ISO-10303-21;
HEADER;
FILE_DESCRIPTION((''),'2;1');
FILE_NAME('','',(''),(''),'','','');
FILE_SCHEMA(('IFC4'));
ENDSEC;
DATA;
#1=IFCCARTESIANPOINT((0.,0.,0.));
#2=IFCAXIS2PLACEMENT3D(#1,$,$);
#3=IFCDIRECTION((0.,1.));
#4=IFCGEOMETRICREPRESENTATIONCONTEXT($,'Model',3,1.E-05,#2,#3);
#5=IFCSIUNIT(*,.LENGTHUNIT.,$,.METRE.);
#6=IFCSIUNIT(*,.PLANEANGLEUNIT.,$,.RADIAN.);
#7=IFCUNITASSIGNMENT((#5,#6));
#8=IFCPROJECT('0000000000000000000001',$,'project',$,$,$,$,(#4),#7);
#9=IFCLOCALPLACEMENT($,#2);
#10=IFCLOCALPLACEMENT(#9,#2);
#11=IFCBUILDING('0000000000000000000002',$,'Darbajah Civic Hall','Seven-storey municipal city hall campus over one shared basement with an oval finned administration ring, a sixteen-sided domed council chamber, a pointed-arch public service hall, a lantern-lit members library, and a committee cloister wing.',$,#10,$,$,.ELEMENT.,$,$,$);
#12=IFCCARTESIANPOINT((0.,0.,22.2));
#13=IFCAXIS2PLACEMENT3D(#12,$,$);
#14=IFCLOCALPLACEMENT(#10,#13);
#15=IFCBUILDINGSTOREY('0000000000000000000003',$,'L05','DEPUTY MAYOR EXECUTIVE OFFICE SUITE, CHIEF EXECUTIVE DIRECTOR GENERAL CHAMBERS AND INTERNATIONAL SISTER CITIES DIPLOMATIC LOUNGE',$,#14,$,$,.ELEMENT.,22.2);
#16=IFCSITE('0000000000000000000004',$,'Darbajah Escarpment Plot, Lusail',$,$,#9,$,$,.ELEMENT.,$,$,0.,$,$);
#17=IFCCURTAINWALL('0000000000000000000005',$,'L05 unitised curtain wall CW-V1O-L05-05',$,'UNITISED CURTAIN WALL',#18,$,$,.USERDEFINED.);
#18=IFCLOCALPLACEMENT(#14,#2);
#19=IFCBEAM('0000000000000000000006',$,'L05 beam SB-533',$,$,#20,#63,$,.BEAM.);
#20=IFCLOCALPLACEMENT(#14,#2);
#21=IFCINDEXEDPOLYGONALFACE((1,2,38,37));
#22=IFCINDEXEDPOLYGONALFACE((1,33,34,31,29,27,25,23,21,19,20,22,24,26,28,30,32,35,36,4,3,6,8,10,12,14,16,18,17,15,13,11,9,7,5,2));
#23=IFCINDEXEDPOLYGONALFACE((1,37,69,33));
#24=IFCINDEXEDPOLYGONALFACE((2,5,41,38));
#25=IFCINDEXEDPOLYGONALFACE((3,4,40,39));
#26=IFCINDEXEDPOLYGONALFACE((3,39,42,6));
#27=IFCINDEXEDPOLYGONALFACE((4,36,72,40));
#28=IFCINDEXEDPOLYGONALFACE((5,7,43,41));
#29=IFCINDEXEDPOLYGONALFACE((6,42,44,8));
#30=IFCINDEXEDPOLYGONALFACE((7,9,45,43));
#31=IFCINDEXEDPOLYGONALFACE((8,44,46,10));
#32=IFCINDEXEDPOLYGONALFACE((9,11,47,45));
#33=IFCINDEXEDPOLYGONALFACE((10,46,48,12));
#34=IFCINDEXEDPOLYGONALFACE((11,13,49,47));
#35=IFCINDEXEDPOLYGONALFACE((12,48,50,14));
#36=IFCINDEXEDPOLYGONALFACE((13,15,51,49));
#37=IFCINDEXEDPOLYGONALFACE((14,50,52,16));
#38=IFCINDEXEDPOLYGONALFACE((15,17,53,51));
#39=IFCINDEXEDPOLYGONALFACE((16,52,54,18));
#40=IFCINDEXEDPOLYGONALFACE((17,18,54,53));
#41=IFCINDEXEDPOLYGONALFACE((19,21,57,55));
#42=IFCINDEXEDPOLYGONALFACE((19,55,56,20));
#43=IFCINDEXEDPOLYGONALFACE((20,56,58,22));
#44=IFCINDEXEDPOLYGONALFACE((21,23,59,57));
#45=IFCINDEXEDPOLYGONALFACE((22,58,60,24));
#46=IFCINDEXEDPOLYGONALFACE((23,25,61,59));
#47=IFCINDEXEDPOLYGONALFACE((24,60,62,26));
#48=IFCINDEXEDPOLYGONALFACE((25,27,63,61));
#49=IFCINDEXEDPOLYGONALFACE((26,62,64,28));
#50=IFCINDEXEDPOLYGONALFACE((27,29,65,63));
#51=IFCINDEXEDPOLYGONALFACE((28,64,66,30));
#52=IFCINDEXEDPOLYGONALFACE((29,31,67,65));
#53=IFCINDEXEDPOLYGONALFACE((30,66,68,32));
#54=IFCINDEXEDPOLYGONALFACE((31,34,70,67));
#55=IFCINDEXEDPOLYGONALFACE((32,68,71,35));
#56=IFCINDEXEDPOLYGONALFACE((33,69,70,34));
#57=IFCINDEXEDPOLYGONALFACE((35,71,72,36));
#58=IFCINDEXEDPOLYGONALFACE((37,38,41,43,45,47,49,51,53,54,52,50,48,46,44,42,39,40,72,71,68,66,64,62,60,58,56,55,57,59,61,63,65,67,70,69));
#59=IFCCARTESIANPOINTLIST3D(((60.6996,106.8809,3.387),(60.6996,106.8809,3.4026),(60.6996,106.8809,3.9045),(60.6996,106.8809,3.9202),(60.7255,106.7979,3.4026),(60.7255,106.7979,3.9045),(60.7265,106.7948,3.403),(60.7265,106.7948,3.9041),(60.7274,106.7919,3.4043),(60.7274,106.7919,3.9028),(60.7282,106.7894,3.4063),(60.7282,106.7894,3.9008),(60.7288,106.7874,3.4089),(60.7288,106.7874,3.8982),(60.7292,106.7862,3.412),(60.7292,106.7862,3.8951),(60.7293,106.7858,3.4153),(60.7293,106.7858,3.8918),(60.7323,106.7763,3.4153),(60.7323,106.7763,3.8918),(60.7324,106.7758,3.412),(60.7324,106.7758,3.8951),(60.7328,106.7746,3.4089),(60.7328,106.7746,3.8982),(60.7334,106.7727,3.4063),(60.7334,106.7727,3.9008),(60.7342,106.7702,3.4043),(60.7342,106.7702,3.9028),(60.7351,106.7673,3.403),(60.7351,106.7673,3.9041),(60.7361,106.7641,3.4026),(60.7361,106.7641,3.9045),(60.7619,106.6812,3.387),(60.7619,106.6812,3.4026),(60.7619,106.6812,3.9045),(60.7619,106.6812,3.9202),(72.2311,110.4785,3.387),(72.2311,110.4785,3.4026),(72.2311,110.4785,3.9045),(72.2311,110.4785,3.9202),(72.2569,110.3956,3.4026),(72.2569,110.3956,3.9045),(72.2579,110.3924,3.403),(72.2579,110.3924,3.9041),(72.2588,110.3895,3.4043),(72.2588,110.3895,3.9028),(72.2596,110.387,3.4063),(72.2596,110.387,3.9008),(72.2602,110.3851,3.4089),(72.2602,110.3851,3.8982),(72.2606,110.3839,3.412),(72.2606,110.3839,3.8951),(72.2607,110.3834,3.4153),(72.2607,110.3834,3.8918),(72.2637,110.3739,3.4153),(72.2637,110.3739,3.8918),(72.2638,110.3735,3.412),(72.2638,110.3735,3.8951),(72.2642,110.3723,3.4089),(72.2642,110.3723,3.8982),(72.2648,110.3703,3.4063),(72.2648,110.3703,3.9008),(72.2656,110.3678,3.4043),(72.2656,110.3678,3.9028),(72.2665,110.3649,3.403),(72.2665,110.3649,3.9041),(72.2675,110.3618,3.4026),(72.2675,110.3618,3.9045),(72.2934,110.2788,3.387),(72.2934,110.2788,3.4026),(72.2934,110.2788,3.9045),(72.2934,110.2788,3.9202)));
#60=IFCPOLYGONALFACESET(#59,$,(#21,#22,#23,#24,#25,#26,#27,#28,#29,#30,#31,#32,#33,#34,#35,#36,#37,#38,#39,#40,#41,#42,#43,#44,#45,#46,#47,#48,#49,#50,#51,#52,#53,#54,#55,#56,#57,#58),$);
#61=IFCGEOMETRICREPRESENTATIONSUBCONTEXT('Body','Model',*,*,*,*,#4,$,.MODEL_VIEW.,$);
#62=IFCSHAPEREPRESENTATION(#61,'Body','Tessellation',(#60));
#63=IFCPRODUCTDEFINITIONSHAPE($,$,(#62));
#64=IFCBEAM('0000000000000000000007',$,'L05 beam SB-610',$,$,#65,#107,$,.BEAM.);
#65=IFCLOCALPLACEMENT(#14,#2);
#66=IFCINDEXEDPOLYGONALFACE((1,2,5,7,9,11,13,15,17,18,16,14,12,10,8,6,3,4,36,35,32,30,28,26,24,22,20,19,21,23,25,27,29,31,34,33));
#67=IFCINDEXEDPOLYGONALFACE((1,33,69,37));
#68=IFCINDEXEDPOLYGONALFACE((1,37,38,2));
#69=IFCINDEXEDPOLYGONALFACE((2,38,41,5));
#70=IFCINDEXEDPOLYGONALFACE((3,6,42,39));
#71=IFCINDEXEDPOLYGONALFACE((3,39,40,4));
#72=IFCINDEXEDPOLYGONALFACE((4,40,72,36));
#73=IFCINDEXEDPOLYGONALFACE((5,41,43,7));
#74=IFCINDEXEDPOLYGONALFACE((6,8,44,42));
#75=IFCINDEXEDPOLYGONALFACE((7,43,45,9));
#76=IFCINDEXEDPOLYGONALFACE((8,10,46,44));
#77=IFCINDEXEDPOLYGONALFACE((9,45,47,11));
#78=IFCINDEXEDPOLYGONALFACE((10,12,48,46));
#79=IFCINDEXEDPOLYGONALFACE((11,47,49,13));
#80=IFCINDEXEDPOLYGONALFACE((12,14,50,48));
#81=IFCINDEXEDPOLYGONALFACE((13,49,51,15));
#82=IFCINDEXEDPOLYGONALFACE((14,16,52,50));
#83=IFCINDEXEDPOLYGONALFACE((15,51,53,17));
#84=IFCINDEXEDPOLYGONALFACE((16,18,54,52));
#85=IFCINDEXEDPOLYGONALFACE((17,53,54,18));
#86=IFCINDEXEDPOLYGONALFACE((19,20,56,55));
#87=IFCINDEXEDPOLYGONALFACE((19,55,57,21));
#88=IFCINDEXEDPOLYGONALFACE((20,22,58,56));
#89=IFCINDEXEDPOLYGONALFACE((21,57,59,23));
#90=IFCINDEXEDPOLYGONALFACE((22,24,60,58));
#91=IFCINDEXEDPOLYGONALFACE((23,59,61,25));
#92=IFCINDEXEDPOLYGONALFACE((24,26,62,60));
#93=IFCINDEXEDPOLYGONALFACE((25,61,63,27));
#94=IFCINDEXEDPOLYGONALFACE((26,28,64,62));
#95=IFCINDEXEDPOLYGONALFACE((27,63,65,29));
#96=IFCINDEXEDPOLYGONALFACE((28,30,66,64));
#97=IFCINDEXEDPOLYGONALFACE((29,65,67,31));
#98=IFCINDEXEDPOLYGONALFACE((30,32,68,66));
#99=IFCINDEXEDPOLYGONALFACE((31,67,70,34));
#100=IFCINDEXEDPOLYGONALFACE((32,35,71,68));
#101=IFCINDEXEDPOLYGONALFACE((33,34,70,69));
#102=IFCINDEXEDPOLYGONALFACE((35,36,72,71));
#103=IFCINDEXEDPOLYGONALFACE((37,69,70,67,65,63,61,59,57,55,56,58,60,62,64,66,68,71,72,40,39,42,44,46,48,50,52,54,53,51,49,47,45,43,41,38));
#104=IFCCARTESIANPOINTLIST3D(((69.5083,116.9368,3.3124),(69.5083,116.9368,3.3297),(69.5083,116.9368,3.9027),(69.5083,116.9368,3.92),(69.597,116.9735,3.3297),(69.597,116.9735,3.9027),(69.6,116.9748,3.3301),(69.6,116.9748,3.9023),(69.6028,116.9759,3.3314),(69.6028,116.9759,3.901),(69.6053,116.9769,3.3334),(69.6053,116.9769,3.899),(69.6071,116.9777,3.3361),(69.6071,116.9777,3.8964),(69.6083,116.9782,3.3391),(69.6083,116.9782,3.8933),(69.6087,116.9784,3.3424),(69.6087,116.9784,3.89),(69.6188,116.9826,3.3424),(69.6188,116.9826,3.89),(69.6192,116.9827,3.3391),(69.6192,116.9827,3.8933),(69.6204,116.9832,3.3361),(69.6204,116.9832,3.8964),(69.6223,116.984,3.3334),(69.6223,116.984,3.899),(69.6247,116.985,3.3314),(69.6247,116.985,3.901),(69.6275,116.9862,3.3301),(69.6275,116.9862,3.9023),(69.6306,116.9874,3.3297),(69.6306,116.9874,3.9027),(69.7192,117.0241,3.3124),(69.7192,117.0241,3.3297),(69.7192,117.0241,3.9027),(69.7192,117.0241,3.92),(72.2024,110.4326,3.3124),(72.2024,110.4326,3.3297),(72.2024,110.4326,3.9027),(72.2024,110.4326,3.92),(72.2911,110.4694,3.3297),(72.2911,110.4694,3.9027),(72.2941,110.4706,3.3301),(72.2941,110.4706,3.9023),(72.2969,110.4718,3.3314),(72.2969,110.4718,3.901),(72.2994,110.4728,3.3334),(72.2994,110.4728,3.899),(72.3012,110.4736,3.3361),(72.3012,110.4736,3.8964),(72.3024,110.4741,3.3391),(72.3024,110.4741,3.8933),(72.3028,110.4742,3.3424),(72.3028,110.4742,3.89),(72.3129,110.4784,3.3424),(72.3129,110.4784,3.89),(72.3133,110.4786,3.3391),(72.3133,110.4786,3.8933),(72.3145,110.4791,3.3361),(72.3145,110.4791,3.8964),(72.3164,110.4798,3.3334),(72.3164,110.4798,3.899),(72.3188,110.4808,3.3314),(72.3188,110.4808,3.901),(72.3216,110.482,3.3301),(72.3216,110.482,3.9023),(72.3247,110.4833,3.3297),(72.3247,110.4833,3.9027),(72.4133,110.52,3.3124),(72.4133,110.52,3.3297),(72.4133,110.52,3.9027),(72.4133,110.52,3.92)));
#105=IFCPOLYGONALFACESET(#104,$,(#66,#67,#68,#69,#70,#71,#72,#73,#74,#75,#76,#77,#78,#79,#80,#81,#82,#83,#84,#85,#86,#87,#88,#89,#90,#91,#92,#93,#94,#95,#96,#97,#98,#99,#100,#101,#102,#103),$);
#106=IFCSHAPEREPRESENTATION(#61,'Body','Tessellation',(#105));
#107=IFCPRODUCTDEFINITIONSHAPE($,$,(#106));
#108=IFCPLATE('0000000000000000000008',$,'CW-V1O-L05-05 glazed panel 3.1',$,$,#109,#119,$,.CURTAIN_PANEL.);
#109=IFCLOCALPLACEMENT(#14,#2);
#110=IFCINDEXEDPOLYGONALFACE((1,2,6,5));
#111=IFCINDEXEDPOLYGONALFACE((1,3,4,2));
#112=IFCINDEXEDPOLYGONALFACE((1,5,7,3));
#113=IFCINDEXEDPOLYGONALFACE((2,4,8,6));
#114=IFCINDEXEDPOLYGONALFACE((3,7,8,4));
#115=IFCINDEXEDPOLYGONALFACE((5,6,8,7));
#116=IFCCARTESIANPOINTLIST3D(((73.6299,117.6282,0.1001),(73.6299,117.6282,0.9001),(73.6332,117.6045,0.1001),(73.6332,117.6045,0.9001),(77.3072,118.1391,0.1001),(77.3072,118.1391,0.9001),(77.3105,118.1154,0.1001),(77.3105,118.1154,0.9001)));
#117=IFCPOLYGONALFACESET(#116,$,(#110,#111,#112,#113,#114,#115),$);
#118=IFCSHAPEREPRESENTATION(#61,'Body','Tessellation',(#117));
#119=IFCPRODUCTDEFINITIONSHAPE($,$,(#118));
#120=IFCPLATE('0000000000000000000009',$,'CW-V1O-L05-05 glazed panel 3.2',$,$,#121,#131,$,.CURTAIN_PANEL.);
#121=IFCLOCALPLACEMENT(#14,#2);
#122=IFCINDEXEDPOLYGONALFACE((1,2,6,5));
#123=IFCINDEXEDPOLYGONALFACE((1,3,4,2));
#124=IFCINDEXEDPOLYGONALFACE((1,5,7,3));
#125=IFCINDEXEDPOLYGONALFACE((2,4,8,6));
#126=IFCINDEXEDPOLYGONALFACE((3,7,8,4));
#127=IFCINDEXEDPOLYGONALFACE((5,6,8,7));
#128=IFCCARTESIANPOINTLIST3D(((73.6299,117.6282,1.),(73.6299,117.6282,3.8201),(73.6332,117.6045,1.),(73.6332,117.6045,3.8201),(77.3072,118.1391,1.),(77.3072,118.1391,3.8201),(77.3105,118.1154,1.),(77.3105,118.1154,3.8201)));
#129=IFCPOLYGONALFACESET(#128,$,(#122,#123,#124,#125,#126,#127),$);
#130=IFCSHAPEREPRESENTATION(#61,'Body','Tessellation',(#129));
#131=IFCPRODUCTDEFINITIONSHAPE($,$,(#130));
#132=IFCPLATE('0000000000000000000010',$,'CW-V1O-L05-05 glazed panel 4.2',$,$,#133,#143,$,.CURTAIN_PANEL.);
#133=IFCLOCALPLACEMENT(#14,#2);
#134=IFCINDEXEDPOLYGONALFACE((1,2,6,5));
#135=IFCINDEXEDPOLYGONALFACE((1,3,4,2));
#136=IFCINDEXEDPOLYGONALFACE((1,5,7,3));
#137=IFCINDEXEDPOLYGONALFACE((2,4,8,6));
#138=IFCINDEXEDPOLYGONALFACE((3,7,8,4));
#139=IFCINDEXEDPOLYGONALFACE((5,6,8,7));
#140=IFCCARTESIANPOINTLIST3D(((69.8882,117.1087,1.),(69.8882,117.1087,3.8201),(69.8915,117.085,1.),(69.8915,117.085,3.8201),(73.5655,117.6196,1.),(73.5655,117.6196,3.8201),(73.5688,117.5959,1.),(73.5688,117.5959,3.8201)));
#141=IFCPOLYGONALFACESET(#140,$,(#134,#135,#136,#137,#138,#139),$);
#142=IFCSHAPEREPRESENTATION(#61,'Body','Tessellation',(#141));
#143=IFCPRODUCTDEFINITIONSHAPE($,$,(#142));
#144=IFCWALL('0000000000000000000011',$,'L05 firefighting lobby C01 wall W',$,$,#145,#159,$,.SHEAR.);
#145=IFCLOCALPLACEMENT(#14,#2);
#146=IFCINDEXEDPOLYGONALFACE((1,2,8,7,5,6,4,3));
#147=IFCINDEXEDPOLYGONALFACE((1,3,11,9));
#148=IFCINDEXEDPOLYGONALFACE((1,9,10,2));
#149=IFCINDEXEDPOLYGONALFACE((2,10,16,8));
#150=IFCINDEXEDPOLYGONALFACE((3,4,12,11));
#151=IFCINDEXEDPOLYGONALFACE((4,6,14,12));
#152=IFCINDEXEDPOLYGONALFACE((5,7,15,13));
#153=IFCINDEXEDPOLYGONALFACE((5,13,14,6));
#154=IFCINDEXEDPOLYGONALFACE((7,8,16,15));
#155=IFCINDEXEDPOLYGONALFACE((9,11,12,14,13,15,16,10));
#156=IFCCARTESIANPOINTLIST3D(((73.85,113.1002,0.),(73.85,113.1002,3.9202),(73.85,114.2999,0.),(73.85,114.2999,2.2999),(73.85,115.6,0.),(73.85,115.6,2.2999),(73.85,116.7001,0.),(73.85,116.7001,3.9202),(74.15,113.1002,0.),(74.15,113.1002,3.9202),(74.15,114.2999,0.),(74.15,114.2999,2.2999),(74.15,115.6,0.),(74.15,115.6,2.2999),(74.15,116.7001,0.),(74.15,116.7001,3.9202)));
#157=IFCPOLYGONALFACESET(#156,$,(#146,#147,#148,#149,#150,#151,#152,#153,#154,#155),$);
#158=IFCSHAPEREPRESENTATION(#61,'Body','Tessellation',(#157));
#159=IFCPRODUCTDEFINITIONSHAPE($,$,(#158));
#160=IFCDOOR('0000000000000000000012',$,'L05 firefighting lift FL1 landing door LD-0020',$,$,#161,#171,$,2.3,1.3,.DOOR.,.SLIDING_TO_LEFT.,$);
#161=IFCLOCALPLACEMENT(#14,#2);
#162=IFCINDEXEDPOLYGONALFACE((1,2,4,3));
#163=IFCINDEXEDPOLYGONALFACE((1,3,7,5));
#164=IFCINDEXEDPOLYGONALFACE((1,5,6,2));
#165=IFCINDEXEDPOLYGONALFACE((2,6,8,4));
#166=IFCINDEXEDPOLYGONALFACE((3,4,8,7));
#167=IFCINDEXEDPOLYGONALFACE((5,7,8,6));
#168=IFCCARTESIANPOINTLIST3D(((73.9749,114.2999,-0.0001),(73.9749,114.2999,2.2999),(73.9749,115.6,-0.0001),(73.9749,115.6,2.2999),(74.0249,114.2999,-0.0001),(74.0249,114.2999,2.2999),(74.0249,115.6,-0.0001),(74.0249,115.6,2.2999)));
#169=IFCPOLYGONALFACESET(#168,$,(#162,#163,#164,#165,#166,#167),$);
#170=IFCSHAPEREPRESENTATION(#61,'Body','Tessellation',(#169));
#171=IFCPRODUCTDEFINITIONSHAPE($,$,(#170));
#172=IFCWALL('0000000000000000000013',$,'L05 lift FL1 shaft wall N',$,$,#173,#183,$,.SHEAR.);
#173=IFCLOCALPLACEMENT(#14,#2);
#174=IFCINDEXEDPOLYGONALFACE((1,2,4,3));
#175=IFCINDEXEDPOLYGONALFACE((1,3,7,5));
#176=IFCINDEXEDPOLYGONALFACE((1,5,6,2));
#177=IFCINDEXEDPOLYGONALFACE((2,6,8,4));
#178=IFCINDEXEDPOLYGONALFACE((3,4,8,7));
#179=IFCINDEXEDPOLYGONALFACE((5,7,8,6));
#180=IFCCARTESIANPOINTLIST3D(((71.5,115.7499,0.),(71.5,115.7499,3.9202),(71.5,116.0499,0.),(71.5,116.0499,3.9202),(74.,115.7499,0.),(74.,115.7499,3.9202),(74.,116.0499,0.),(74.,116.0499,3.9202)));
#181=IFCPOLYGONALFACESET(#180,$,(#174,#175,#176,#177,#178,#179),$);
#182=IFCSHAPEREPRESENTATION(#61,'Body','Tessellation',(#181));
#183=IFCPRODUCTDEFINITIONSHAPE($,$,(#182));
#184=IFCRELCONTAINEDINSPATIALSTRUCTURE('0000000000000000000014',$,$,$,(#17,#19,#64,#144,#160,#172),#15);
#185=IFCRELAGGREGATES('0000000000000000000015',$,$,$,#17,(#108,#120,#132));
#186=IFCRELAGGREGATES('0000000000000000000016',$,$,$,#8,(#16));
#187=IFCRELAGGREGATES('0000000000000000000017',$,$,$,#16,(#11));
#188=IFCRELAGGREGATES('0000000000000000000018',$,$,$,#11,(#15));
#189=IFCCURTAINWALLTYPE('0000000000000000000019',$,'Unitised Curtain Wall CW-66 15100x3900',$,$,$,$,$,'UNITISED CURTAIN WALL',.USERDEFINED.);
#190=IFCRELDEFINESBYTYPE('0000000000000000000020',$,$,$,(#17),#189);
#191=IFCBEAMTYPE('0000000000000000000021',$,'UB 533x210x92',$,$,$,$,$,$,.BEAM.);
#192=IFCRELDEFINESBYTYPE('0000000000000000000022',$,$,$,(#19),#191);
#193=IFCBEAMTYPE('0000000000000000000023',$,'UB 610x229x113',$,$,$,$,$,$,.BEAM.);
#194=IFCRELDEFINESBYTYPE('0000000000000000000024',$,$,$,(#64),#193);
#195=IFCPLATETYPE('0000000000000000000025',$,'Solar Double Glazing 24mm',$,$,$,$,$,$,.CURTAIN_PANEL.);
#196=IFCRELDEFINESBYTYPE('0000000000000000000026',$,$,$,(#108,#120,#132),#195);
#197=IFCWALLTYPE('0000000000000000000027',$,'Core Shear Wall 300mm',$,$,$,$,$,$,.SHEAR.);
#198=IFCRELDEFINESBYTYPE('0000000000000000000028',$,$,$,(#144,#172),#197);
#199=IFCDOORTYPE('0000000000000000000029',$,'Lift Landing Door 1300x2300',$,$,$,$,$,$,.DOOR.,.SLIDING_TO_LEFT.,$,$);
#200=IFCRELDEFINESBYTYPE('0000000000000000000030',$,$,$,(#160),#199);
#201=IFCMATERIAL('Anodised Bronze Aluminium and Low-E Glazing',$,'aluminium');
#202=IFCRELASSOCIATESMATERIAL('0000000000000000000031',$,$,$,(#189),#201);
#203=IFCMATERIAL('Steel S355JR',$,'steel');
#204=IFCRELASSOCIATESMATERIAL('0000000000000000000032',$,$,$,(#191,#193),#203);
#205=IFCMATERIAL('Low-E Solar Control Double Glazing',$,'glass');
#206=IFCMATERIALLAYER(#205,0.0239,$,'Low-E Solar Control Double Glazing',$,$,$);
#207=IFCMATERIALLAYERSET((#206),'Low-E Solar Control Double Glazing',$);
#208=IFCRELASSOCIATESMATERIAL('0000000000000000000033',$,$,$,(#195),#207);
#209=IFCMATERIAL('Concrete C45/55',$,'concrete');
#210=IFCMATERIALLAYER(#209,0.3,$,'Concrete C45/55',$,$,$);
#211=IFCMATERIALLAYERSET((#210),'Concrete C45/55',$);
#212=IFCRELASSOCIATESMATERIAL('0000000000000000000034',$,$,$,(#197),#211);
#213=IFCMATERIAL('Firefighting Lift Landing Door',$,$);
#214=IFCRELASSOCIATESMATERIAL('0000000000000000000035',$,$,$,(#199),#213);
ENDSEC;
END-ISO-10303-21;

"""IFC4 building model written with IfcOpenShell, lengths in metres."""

from ifc_helpers import new_model, si_unit, direction, frame, frame_2d, origin, origin_2d, place, context, subcontext, project, spatial, rectangle, i_section, extrude, material, layer, layer_set, material_profile, profile_set, type_object, element, fill, aggregate, save


model = new_model("IFC4")

# Units and contexts
model_context = context("Model", 3, precision=1e-05, world=origin(), true_north=direction((0.0, 1.0)))
body_context = subcontext(model_context, "Body", "Model", "MODEL_VIEW")
ifc_project = project(units=[si_unit("LENGTHUNIT", "METRE"), si_unit("PLANEANGLEUNIT", "RADIAN")], contexts=[model_context])

# Site, building, storey
site_placement = place(None, origin())
site = spatial("IfcSite", under=ifc_project, at=site_placement, Name="Darbajah Escarpment Plot, Lusail", CompositionType="ELEMENT", RefElevation=0.0)
building_placement = place(site_placement, origin())
building = spatial("IfcBuilding", under=site, at=building_placement, Name="Darbajah Civic Hall", Description="Seven-storey municipal city hall campus over one shared basement with an oval finned administration ring, a sixteen-sided domed council chamber, a pointed-arch public service hall, a lantern-lit members library, and a committee cloister wing.", CompositionType="ELEMENT")
storey_placement = place(building_placement, frame((0.0, 0.0, 22.2)))
storey = spatial("IfcBuildingStorey", under=building, at=storey_placement, Name="L05", Description="DEPUTY MAYOR EXECUTIVE OFFICE SUITE, CHIEF EXECUTIVE DIRECTOR GENERAL CHAMBERS AND INTERNATIONAL SISTER CITIES DIPLOMATIC LOUNGE", CompositionType="ELEMENT", Elevation=22.2)

# Shared definitions
ifc_material_1 = material(Name="Concrete C45/55", Category="concrete")

# Curtain wall
ifc_material_2 = material(Name="Anodised Bronze Aluminium and Low-E Glazing", Category="aluminium")
curtain_wall_type_1 = type_object("IfcCurtainWallType", Name="Unitised Curtain Wall CW-66 15100x3900", ElementType="UNITISED CURTAIN WALL", PredefinedType="USERDEFINED", material=ifc_material_2)
curtain_wall_1_placement = place(storey_placement, origin())
curtain_wall_1 = element("IfcCurtainWall", 1, at=curtain_wall_1_placement, inside=storey, type_object=curtain_wall_type_1, Name="L05 unitised curtain wall CW-V1O-L05-05", ObjectType="UNITISED CURTAIN WALL", PredefinedType="USERDEFINED")

# Beams
ifc_material_3 = material(Name="Steel S355JR", Category="steel")
ifc_material_profile_1 = material_profile(ifc_material_3, i_section(OverallWidth=0.2092, OverallDepth=0.5332, WebThickness=0.01, FlangeThickness=0.0156, FilletRadius=0.0127, at=origin_2d()), Name="UB 533x210x92")
ifc_profile_set_1 = profile_set([ifc_material_profile_1], Name="Steel S355JR")
beam_type_1 = type_object("IfcBeamType", Name="UB 533x210x92", PredefinedType="BEAM", material=ifc_profile_set_1)
beam_1_placement = place(storey_placement, frame((72.2622, 110.3787, 3.6536), z_axis=(-0.95462, -0.297827, 0.0), x_axis=(0.297827, -0.95462, 0.0)))
element("IfcBeam", 2, at=beam_1_placement, inside=storey, type_object=beam_type_1, Name="L05 beam SB-533", PredefinedType="BEAM", context=body_context, shape_type="SweptSolid", body=[
    extrude(i_section(OverallWidth=0.2092, OverallDepth=0.5332, WebThickness=0.01, FlangeThickness=0.0156, FilletRadius=0.0127, at=origin_2d()), origin(), (0.0, 0.0, 1.0), 12.0796),
])
ifc_material_profile_2 = material_profile(ifc_material_3, i_section(OverallWidth=0.2283, OverallDepth=0.6077, WebThickness=0.011, FlangeThickness=0.0173, FilletRadius=0.0127, at=origin_2d()), Name="UB 610x229x113")
ifc_profile_set_2 = profile_set([ifc_material_profile_2], Name="Steel S355JR")
beam_type_2 = type_object("IfcBeamType", Name="UB 610x229x113", PredefinedType="BEAM", material=ifc_profile_set_2)
beam_2_placement = place(storey_placement, frame((72.3079, 110.4763, 3.6162), z_axis=(-0.382682, 0.92388, 0.0), x_axis=(-0.92388, -0.382682, 0.0)))
element("IfcBeam", 3, at=beam_2_placement, inside=storey, type_object=beam_type_2, Name="L05 beam SB-610", PredefinedType="BEAM", context=body_context, shape_type="SweptSolid", body=[
    extrude(i_section(OverallWidth=0.2283, OverallDepth=0.6077, WebThickness=0.011, FlangeThickness=0.0173, FilletRadius=0.0127, at=origin_2d()), origin(), (0.0, 0.0, 1.0), 7.04),
])

# Plates
ifc_material_4 = material(Name="Low-E Solar Control Double Glazing", Category="glass")
ifc_layer_1 = layer(ifc_material_4, 0.0239, Name="Low-E Solar Control Double Glazing")
ifc_layer_set_1 = layer_set([ifc_layer_1], Name="Low-E Solar Control Double Glazing")
plate_type = type_object("IfcPlateType", Name="Solar Double Glazing 24mm", PredefinedType="CURTAIN_PANEL", material=ifc_layer_set_1)
plate_1_placement = place(storey_placement, frame((75.4702, 117.8718, 0.1001), z_axis=(0.0, 0.0, 1.0), x_axis=(-0.990485, -0.137617, 0.0)))
plate_1 = element("IfcPlate", 4, at=plate_1_placement, type_object=plate_type, Name="CW-V1O-L05-05 glazed panel 3.1", PredefinedType="CURTAIN_PANEL", context=body_context, shape_type="SweptSolid", body=[
    extrude(rectangle(XDim=3.7126, YDim=0.0239, at=origin_2d()), origin(), (0.0, 0.0, 1.0), 0.8),
])
plate_2_placement = place(storey_placement, frame((75.4702, 117.8718, 1.0), z_axis=(0.0, 0.0, 1.0), x_axis=(-0.990485, -0.137617, 0.0)))
plate_2 = element("IfcPlate", 5, at=plate_2_placement, type_object=plate_type, Name="CW-V1O-L05-05 glazed panel 3.2", PredefinedType="CURTAIN_PANEL", context=body_context, shape_type="SweptSolid", body=[
    extrude(rectangle(XDim=3.7126, YDim=0.0239, at=origin_2d()), origin(), (0.0, 0.0, 1.0), 2.8201),
])
plate_3_placement = place(storey_placement, frame((71.7285, 117.3523, 1.0), z_axis=(0.0, 0.0, 1.0), x_axis=(-0.990485, -0.137617, 0.0)))
plate_3 = element("IfcPlate", 6, at=plate_3_placement, type_object=plate_type, Name="CW-V1O-L05-05 glazed panel 4.2", PredefinedType="CURTAIN_PANEL", context=body_context, shape_type="SweptSolid", body=[
    extrude(rectangle(XDim=3.7126, YDim=0.0239, at=origin_2d()), origin(), (0.0, 0.0, 1.0), 2.8201),
])
aggregate(curtain_wall_1, [plate_1, plate_2, plate_3])

# Wall, opening, door
ifc_layer_2 = layer(ifc_material_1, 0.3, Name="Concrete C45/55")
ifc_layer_set_2 = layer_set([ifc_layer_2], Name="Concrete C45/55")
wall_type_1 = type_object("IfcWallType", Name="Core Shear Wall 300mm", PredefinedType="SHEAR", material=ifc_layer_set_2)
wall_1_placement = place(storey_placement, frame((74.0, 116.7, 0.0), z_axis=(0.0, 0.0, 1.0), x_axis=(0.0, -1.0, 0.0)))
wall_1 = element("IfcWall", 7, at=wall_1_placement, inside=storey, type_object=wall_type_1, Name="L05 firefighting lobby C01 wall W", PredefinedType="SHEAR", context=body_context, shape_type="SweptSolid", body=[
    extrude(rectangle(XDim=3.5999, YDim=0.3, at=frame_2d((1.7998, 0.0))), origin(), (0.0, 0.0, 1.0), 3.9202),
])
opening_1_placement = place(wall_1_placement, frame((1.1001, 0.0, 0.0)))
opening_1 = element("IfcOpeningElement", 8, at=opening_1_placement, cuts=wall_1, PredefinedType="OPENING", context=body_context, shape_type="SweptSolid", body=[
    extrude(rectangle(XDim=1.3, YDim=2.3, at=frame_2d((0.6499, 1.1499))), frame((0.0, 0.1599, 0.0), z_axis=(0.0, -1.0, 0.0), x_axis=(1.0, 0.0, 0.0)), (0.0, 0.0, 1.0), 0.3201),
])
ifc_material_5 = material(Name="Firefighting Lift Landing Door")
door_type_1 = type_object("IfcDoorType", Name="Lift Landing Door 1300x2300", OperationType="SLIDING_TO_LEFT", PredefinedType="DOOR", material=ifc_material_5)
door_1_placement = place(opening_1_placement, origin())
door_1 = element("IfcDoor", 9, at=door_1_placement, inside=storey, type_object=door_type_1, Name="L05 firefighting lift FL1 landing door LD-0020", OperationType="SLIDING_TO_LEFT", OverallHeight=2.3, OverallWidth=1.3, PredefinedType="DOOR", context=body_context, shape_type="SweptSolid", body=[
    extrude(rectangle(XDim=1.3, YDim=2.3, at=frame_2d((0.6499, 1.1499))), frame((0.0, 0.0249, 0.0), z_axis=(0.0, -1.0, 0.0), x_axis=(1.0, 0.0, 0.0)), (0.0, 0.0, 1.0), 0.05),
])
fill(opening_1, door_1)

# Wall
wall_2_placement = place(storey_placement, frame((74.0, 115.8999, 0.0), z_axis=(0.0, 0.0, 1.0), x_axis=(-1.0, 0.0, 0.0)))
element("IfcWall", 10, at=wall_2_placement, inside=storey, type_object=wall_type_1, Name="L05 lift FL1 shaft wall N", PredefinedType="SHEAR", context=body_context, shape_type="SweptSolid", body=[
    extrude(rectangle(XDim=2.5, YDim=0.3, at=frame_2d((1.25, 0.0))), origin(), (0.0, 0.0, 1.0), 3.9202),
])

save(model, "model.ifc")
